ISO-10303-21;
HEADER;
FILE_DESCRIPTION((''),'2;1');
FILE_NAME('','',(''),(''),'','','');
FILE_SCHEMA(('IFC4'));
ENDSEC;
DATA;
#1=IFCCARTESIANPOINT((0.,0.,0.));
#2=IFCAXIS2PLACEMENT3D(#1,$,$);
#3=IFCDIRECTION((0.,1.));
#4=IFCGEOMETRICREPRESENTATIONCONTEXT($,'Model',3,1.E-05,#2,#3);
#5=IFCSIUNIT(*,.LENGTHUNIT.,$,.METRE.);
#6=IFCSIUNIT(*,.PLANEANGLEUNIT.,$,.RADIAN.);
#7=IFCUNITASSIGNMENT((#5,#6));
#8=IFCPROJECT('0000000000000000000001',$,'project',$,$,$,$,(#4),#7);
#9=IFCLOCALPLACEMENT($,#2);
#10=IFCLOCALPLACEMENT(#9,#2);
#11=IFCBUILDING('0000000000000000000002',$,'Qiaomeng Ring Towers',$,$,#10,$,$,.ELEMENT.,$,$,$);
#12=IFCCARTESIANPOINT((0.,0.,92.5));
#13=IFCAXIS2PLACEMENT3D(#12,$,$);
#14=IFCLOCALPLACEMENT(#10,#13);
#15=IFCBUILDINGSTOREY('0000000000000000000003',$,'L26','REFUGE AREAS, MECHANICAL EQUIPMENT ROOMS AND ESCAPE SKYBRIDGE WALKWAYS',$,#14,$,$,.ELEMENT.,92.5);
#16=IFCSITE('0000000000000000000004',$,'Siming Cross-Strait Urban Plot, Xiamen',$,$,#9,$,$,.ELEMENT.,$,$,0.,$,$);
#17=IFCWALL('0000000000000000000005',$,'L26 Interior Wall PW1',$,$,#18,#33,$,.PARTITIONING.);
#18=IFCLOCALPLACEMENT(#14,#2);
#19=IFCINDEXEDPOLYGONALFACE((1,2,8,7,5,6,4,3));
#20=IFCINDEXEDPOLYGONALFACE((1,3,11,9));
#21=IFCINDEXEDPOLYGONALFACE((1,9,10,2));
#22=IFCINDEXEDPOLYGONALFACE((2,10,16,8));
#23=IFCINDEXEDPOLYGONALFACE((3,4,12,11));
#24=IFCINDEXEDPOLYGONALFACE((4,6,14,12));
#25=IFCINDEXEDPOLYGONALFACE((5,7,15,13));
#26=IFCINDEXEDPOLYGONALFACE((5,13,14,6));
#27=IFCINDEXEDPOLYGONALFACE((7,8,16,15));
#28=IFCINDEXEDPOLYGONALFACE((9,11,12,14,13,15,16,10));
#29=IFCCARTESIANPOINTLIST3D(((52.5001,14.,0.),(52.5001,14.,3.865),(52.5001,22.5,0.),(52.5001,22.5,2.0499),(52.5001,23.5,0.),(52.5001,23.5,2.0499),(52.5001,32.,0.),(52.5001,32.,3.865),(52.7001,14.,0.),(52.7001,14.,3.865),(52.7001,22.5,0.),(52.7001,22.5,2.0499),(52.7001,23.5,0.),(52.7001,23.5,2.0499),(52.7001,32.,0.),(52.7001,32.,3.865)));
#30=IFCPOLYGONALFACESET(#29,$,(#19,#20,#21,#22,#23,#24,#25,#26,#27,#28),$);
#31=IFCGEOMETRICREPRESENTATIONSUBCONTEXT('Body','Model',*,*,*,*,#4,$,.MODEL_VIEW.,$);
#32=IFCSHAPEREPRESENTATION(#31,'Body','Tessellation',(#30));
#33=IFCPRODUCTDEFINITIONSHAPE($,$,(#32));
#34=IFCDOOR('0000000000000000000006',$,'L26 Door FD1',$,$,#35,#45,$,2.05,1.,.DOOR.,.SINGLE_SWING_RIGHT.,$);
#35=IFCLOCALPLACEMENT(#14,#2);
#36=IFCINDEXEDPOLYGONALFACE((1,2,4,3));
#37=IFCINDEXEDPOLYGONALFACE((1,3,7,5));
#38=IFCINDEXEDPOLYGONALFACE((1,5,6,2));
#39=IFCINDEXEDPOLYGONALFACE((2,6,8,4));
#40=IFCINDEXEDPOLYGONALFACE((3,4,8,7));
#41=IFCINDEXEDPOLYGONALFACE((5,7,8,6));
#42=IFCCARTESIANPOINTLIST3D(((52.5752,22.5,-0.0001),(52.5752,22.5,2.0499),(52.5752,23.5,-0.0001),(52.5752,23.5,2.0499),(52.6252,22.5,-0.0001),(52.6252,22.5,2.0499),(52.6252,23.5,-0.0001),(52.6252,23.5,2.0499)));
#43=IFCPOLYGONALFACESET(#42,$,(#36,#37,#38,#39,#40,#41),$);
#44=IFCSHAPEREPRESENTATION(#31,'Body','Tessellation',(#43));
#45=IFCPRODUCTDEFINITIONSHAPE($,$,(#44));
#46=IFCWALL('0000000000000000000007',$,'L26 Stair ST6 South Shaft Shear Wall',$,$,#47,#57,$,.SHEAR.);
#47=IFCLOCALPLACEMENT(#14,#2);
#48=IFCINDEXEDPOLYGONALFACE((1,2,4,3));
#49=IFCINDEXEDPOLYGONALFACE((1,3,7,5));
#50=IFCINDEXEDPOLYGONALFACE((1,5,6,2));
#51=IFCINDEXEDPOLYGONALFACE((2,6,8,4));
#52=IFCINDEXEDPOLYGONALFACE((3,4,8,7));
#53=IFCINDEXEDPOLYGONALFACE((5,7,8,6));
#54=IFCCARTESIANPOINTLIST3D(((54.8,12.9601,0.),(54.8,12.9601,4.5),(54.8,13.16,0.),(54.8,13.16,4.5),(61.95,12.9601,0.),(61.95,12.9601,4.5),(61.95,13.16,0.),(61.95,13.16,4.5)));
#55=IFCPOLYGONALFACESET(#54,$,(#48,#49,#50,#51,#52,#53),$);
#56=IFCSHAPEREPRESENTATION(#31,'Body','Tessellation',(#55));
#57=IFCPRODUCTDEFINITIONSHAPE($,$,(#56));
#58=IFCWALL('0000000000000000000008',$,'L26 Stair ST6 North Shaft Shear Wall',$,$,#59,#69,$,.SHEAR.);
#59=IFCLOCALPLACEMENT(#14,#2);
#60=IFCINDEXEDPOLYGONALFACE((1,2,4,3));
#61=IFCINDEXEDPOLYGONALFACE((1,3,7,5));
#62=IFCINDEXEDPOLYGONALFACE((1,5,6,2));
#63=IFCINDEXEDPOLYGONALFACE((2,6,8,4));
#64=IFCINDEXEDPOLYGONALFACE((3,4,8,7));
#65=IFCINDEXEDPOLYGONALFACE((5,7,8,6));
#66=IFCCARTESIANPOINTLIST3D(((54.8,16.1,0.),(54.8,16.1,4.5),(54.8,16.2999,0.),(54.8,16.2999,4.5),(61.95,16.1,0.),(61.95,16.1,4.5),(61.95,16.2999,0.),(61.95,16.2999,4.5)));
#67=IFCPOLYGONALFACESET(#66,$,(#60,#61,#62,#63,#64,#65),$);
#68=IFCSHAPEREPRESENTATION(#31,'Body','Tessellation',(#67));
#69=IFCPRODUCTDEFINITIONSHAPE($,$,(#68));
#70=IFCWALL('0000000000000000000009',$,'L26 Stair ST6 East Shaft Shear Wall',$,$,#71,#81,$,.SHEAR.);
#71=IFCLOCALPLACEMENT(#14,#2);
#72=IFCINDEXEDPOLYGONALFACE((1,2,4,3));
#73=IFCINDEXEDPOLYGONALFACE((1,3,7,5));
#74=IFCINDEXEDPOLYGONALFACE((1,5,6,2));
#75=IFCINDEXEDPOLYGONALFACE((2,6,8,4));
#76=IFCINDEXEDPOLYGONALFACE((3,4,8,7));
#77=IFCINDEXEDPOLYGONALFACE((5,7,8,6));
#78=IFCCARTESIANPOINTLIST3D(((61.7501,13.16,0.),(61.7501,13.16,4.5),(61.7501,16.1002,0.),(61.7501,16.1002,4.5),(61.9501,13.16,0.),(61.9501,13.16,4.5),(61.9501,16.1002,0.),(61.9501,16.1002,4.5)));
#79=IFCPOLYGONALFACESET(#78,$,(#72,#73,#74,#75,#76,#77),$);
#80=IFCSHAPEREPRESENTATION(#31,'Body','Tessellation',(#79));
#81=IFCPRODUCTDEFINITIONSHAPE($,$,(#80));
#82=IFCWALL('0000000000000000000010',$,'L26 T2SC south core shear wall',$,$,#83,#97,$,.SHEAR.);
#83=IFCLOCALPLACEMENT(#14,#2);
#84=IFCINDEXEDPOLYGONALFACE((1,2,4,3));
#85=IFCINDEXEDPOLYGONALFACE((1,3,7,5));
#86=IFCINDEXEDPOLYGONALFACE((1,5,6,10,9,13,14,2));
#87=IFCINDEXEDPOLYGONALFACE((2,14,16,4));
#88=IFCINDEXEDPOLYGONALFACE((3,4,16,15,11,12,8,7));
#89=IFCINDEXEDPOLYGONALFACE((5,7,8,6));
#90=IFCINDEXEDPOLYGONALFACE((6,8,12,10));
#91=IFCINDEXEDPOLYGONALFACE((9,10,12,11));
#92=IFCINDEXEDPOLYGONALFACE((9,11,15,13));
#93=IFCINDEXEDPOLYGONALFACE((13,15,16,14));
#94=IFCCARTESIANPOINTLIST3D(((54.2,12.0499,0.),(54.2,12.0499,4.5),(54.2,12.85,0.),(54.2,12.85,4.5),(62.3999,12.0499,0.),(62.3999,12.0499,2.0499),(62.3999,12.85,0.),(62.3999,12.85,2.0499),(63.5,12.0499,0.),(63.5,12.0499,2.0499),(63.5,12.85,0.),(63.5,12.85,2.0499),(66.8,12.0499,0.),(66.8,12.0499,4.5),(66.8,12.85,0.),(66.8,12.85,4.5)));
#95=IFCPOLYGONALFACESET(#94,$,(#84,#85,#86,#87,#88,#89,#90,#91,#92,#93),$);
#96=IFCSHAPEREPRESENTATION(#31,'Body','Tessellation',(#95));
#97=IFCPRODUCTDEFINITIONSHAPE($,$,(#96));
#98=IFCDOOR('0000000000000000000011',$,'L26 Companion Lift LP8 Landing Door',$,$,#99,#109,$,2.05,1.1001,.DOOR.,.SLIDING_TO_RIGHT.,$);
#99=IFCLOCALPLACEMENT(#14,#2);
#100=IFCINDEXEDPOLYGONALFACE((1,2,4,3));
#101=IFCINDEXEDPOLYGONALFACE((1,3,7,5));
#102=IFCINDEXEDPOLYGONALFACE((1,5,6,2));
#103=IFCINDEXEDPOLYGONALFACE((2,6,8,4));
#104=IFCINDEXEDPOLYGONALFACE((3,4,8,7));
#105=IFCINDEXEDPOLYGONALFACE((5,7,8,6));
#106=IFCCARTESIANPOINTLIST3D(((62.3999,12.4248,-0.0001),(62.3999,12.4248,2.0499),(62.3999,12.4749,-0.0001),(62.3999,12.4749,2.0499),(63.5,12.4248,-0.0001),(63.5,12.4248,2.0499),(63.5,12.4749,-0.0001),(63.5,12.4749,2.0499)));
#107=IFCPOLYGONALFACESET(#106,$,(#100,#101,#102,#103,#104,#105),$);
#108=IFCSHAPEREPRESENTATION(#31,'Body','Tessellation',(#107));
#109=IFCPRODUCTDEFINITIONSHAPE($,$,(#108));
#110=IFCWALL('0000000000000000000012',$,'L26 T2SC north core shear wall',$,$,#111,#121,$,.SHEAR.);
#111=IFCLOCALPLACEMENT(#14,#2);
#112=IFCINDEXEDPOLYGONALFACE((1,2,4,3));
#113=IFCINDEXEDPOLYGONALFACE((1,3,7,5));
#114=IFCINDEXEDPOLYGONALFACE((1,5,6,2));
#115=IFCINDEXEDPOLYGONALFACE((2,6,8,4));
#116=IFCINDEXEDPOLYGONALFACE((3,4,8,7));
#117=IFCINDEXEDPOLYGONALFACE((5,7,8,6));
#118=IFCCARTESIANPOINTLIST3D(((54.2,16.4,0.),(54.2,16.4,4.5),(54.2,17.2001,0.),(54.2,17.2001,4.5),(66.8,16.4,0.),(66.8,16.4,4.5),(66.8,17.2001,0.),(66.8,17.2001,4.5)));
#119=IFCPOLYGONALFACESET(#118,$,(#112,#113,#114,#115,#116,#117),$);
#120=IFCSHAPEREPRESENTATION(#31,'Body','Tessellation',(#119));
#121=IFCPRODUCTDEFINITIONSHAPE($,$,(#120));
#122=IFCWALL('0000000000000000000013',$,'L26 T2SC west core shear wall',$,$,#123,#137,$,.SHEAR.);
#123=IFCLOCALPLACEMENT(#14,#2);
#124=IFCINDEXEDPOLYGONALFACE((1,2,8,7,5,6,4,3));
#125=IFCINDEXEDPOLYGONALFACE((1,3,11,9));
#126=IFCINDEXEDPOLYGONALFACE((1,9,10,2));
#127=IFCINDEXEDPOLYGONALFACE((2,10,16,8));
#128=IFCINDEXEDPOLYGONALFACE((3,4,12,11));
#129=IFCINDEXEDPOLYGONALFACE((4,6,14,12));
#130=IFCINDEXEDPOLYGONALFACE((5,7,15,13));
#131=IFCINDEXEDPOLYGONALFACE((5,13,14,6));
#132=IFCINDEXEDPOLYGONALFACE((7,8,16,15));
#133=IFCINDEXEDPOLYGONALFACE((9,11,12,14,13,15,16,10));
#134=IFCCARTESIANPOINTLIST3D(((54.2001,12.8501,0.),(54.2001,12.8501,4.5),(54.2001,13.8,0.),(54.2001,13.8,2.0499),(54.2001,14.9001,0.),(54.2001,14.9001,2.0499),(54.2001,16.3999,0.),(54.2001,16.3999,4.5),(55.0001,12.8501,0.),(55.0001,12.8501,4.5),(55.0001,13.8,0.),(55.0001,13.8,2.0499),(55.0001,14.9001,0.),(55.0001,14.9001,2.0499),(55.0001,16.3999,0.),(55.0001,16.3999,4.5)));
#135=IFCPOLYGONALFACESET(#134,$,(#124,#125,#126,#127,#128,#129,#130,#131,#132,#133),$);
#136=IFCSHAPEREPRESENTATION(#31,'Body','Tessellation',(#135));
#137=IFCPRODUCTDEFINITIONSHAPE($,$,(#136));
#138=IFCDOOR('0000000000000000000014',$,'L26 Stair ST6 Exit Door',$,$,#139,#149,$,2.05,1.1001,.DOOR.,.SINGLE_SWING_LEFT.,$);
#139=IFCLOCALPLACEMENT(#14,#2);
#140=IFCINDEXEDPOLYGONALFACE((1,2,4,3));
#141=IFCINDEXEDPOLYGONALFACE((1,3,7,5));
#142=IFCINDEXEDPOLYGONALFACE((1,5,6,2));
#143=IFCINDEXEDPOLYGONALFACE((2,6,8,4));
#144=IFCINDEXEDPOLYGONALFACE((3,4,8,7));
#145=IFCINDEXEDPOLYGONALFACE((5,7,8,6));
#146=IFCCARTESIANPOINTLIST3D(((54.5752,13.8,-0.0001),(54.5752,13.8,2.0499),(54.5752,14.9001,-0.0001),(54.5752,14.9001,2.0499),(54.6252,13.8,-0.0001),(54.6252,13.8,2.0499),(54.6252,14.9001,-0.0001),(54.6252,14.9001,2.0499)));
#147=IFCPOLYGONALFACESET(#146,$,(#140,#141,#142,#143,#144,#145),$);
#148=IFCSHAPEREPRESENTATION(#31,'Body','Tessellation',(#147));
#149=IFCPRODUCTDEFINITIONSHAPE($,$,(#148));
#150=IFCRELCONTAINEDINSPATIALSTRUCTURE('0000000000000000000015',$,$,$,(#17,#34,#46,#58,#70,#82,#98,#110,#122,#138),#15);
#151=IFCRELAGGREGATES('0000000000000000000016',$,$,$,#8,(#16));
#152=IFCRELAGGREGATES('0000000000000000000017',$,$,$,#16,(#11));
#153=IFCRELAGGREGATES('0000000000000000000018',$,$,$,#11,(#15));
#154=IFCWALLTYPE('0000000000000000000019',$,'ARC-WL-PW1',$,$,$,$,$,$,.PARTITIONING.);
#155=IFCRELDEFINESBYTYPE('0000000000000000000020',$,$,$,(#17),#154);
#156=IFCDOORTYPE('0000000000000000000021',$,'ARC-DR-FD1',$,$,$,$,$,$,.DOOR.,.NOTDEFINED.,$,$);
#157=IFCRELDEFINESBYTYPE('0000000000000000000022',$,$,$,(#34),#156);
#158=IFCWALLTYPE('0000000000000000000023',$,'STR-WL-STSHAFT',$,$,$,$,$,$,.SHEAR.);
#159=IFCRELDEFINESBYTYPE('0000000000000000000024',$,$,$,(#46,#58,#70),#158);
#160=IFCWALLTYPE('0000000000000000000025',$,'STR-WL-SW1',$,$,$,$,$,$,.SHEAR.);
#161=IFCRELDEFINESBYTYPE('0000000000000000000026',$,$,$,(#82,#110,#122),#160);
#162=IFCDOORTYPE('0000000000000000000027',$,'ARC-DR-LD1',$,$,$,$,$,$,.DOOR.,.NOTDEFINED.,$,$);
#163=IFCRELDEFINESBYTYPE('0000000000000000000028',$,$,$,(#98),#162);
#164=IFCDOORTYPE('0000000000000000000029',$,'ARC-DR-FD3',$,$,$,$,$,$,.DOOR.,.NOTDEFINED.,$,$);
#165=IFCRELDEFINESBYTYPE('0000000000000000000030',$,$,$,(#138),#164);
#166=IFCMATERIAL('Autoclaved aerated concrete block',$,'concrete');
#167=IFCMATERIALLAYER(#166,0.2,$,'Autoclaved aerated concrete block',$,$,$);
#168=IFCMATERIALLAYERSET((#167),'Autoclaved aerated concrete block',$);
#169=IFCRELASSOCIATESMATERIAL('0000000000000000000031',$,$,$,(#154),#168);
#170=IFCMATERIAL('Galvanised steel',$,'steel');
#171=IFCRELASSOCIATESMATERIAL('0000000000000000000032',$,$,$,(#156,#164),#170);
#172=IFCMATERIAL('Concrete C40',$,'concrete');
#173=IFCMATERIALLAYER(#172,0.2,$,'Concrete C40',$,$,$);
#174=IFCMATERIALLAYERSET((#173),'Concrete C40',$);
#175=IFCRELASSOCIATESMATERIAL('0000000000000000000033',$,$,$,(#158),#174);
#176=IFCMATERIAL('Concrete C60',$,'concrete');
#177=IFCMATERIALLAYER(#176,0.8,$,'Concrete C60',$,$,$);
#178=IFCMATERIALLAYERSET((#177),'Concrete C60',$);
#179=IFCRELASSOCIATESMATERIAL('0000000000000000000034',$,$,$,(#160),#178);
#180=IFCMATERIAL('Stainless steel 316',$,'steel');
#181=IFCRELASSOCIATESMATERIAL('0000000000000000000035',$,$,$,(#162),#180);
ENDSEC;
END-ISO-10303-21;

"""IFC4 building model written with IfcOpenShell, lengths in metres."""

from ifc_helpers import new_model, si_unit, direction, frame, frame_2d, origin, place, context, subcontext, project, spatial, rectangle, extrude, source, transform, mapped, material, layer, layer_set, type_object, element, fill, save


model = new_model("IFC4")

# Units and contexts
model_context = context("Model", 3, precision=1e-05, world=origin(), true_north=direction((0.0, 1.0)))
body_context = subcontext(model_context, "Body", "Model", "MODEL_VIEW")
ifc_project = project(units=[si_unit("LENGTHUNIT", "METRE"), si_unit("PLANEANGLEUNIT", "RADIAN")], contexts=[model_context])

# Site, building, storey
site_placement = place(None, origin())
site = spatial("IfcSite", under=ifc_project, at=site_placement, Name="Siming Cross-Strait Urban Plot, Xiamen", CompositionType="ELEMENT", RefElevation=0.0)
building_placement = place(site_placement, origin())
building = spatial("IfcBuilding", under=site, at=building_placement, Name="Qiaomeng Ring Towers", CompositionType="ELEMENT")
storey_placement = place(building_placement, frame((0.0, 0.0, 92.5)))
storey = spatial("IfcBuildingStorey", under=building, at=storey_placement, Name="L26", Description="REFUGE AREAS, MECHANICAL EQUIPMENT ROOMS AND ESCAPE SKYBRIDGE WALKWAYS", CompositionType="ELEMENT", Elevation=92.5)

# Wall, opening, door
ifc_material_1 = material(Name="Autoclaved aerated concrete block", Category="concrete")
ifc_layer_1 = layer(ifc_material_1, 0.2, Name="Autoclaved aerated concrete block")
ifc_layer_set_1 = layer_set([ifc_layer_1], Name="Autoclaved aerated concrete block")
wall_type_1 = type_object("IfcWallType", Name="ARC-WL-PW1", PredefinedType="PARTITIONING", material=ifc_layer_set_1)
wall_1_placement = place(storey_placement, frame((52.6001, 14.0, 0.0), z_axis=(0.0, 0.0, 1.0), x_axis=(0.0, 1.0, 0.0)))
wall_1 = element("IfcWall", 1, at=wall_1_placement, inside=storey, type_object=wall_type_1, Name="L26 Interior Wall PW1", PredefinedType="PARTITIONING", context=body_context, shape_type="SweptSolid", body=[
    extrude(rectangle(XDim=18.0, YDim=0.2, at=frame_2d((9.0, 0.0))), origin(), (0.0, 0.0, 1.0), 3.865),
])
opening_1_placement = place(wall_1_placement, frame((8.5, 0.0, 0.0)))
opening_1 = element("IfcOpeningElement", 2, at=opening_1_placement, cuts=wall_1, PredefinedType="OPENING", context=body_context, shape_type="SweptSolid", body=[
    extrude(rectangle(XDim=1.0, YDim=2.05, at=frame_2d((0.5, 1.0249))), frame((0.0, 0.1099, 0.0), z_axis=(0.0, -1.0, 0.0), x_axis=(1.0, 0.0, 0.0)), (0.0, 0.0, 1.0), 0.22),
])
ifc_material_2 = material(Name="Galvanised steel", Category="steel")
door_type_1 = type_object("IfcDoorType", Name="ARC-DR-FD1", OperationType="NOTDEFINED", PredefinedType="DOOR", material=ifc_material_2)
shared_shape_1 = source(origin(), body_context, "Body", "SweptSolid", [
    extrude(rectangle(XDim=1.0, YDim=2.05, at=frame_2d((0.5, 1.0249))), frame((0.0, 0.0249, 0.0), z_axis=(0.0, -1.0, 0.0), x_axis=(1.0, 0.0, 0.0)), (0.0, 0.0, 1.0), 0.05),
])
door_1_placement = place(opening_1_placement, origin())
door_1 = element("IfcDoor", 3, at=door_1_placement, inside=storey, type_object=door_type_1, Name="L26 Door FD1", OperationType="SINGLE_SWING_RIGHT", OverallHeight=2.05, OverallWidth=1.0, PredefinedType="DOOR", context=body_context, shape_type="MappedRepresentation", body=[
    mapped(shared_shape_1, transform((0.0, 0.0, 0.0), x_axis=(1.0, 0.0, 0.0), y_axis=(0.0, 1.0, 0.0), z_axis=(0.0, 0.0, 1.0), scale=1.0)),
])
fill(opening_1, door_1)

# Walls
ifc_material_3 = material(Name="Concrete C40", Category="concrete")
ifc_layer_2 = layer(ifc_material_3, 0.2, Name="Concrete C40")
ifc_layer_set_2 = layer_set([ifc_layer_2], Name="Concrete C40")
wall_type_2 = type_object("IfcWallType", Name="STR-WL-STSHAFT", PredefinedType="SHEAR", material=ifc_layer_set_2)
for number, where, z_axis, x_axis, name in (
    (4, (54.8, 13.0601, 0.0), (0.0, 0.0, 1.0), (1.0, 0.0, 0.0), "L26 Stair ST6 South Shaft Shear Wall"),
    (5, (54.8, 16.2, 0.0), (0.0, 0.0, 1.0), (1.0, 0.0, 0.0), "L26 Stair ST6 North Shaft Shear Wall"),
):
    element("IfcWall", number, at=place(storey_placement, frame(where, z_axis=z_axis, x_axis=x_axis)), inside=storey, type_object=wall_type_2, Name=name, PredefinedType="SHEAR", context=body_context, shape_type="SweptSolid", body=[
        extrude(rectangle(XDim=7.1499, YDim=0.2, at=frame_2d((3.575, 0.0))), origin(), (0.0, 0.0, 1.0), 4.5),
    ])
wall_2_placement = place(storey_placement, frame((61.8501, 13.1599, 0.0), z_axis=(0.0, 0.0, 1.0), x_axis=(0.0, 1.0, 0.0)))
element("IfcWall", 6, at=wall_2_placement, inside=storey, type_object=wall_type_2, Name="L26 Stair ST6 East Shaft Shear Wall", PredefinedType="SHEAR", context=body_context, shape_type="SweptSolid", body=[
    extrude(rectangle(XDim=2.9402, YDim=0.2, at=frame_2d((1.4702, 0.0))), origin(), (0.0, 0.0, 1.0), 4.5),
])

# Wall, opening, door
ifc_material_4 = material(Name="Concrete C60", Category="concrete")
ifc_layer_3 = layer(ifc_material_4, 0.8, Name="Concrete C60")
ifc_layer_set_3 = layer_set([ifc_layer_3], Name="Concrete C60")
wall_type_3 = type_object("IfcWallType", Name="STR-WL-SW1", PredefinedType="SHEAR", material=ifc_layer_set_3)
wall_3_placement = place(storey_placement, frame((54.2, 12.45, 0.0), z_axis=(0.0, 0.0, 1.0), x_axis=(1.0, 0.0, 0.0)))
wall_3 = element("IfcWall", 7, at=wall_3_placement, inside=storey, type_object=wall_type_3, Name="L26 T2SC south core shear wall", PredefinedType="SHEAR", context=body_context, shape_type="SweptSolid", body=[
    extrude(rectangle(XDim=12.6001, YDim=0.8, at=frame_2d((6.3, 0.0))), origin(), (0.0, 0.0, 1.0), 4.5),
])
opening_2_placement = place(wall_3_placement, frame((8.2, 0.0, 0.0)))
opening_2 = element("IfcOpeningElement", 8, at=opening_2_placement, cuts=wall_3, PredefinedType="OPENING", context=body_context, shape_type="SweptSolid", body=[
    extrude(rectangle(XDim=1.1001, YDim=2.05, at=frame_2d((0.55, 1.0249))), frame((0.0, 0.4099, 0.0), z_axis=(0.0, -1.0, 0.0), x_axis=(1.0, 0.0, 0.0)), (0.0, 0.0, 1.0), 0.8201),
])
ifc_material_5 = material(Name="Stainless steel 316", Category="steel")
door_type_2 = type_object("IfcDoorType", Name="ARC-DR-LD1", OperationType="NOTDEFINED", PredefinedType="DOOR", material=ifc_material_5)
shared_shape_2 = source(origin(), body_context, "Body", "SweptSolid", [
    extrude(rectangle(XDim=1.1001, YDim=2.05, at=frame_2d((0.55, 1.0249))), frame((0.0, 0.0249, 0.0), z_axis=(0.0, -1.0, 0.0), x_axis=(1.0, 0.0, 0.0)), (0.0, 0.0, 1.0), 0.05),
])
door_2_placement = place(opening_2_placement, origin())
door_2 = element("IfcDoor", 9, at=door_2_placement, inside=storey, type_object=door_type_2, Name="L26 Companion Lift LP8 Landing Door", OperationType="SLIDING_TO_RIGHT", OverallHeight=2.05, OverallWidth=1.1001, PredefinedType="DOOR", context=body_context, shape_type="MappedRepresentation", body=[
    mapped(shared_shape_2, transform((0.0, 0.0, 0.0), x_axis=(1.0, 0.0, 0.0), y_axis=(0.0, 1.0, 0.0), z_axis=(0.0, 0.0, 1.0), scale=1.0)),
])
fill(opening_2, door_2)

# Wall
wall_4_placement = place(storey_placement, frame((54.2, 16.8, 0.0), z_axis=(0.0, 0.0, 1.0), x_axis=(1.0, 0.0, 0.0)))
element("IfcWall", 10, at=wall_4_placement, inside=storey, type_object=wall_type_3, Name="L26 T2SC north core shear wall", PredefinedType="SHEAR", context=body_context, shape_type="SweptSolid", body=[
    extrude(rectangle(XDim=12.6001, YDim=0.8, at=frame_2d((6.3, 0.0))), origin(), (0.0, 0.0, 1.0), 4.5),
])

# Wall, opening, door
wall_5_placement = place(storey_placement, frame((54.6001, 12.8501, 0.0), z_axis=(0.0, 0.0, 1.0), x_axis=(0.0, 1.0, 0.0)))
wall_5 = element("IfcWall", 11, at=wall_5_placement, inside=storey, type_object=wall_type_3, Name="L26 T2SC west core shear wall", PredefinedType="SHEAR", context=body_context, shape_type="SweptSolid", body=[
    extrude(rectangle(XDim=3.5498, YDim=0.8, at=frame_2d((1.7749, 0.0))), origin(), (0.0, 0.0, 1.0), 4.5),
])
opening_3_placement = place(wall_5_placement, frame((0.95, 0.0, 0.0)))
opening_3 = element("IfcOpeningElement", 12, at=opening_3_placement, cuts=wall_5, PredefinedType="OPENING", context=body_context, shape_type="SweptSolid", body=[
    extrude(rectangle(XDim=1.1001, YDim=2.05, at=frame_2d((0.55, 1.0249))), frame((0.0, 0.4099, 0.0), z_axis=(0.0, -1.0, 0.0), x_axis=(1.0, 0.0, 0.0)), (0.0, 0.0, 1.0), 0.8201),
])
door_type_3 = type_object("IfcDoorType", Name="ARC-DR-FD3", OperationType="NOTDEFINED", PredefinedType="DOOR", material=ifc_material_2)
door_3_placement = place(opening_3_placement, origin())
door_3 = element("IfcDoor", 13, at=door_3_placement, inside=storey, type_object=door_type_3, Name="L26 Stair ST6 Exit Door", OperationType="SINGLE_SWING_LEFT", OverallHeight=2.05, OverallWidth=1.1001, PredefinedType="DOOR", context=body_context, shape_type="MappedRepresentation", body=[
    mapped(shared_shape_2, transform((0.0, 0.0, 0.0), x_axis=(1.0, 0.0, 0.0), y_axis=(0.0, 1.0, 0.0), z_axis=(0.0, 0.0, 1.0), scale=1.0)),
])
fill(opening_3, door_3)

save(model, "model.ifc")
